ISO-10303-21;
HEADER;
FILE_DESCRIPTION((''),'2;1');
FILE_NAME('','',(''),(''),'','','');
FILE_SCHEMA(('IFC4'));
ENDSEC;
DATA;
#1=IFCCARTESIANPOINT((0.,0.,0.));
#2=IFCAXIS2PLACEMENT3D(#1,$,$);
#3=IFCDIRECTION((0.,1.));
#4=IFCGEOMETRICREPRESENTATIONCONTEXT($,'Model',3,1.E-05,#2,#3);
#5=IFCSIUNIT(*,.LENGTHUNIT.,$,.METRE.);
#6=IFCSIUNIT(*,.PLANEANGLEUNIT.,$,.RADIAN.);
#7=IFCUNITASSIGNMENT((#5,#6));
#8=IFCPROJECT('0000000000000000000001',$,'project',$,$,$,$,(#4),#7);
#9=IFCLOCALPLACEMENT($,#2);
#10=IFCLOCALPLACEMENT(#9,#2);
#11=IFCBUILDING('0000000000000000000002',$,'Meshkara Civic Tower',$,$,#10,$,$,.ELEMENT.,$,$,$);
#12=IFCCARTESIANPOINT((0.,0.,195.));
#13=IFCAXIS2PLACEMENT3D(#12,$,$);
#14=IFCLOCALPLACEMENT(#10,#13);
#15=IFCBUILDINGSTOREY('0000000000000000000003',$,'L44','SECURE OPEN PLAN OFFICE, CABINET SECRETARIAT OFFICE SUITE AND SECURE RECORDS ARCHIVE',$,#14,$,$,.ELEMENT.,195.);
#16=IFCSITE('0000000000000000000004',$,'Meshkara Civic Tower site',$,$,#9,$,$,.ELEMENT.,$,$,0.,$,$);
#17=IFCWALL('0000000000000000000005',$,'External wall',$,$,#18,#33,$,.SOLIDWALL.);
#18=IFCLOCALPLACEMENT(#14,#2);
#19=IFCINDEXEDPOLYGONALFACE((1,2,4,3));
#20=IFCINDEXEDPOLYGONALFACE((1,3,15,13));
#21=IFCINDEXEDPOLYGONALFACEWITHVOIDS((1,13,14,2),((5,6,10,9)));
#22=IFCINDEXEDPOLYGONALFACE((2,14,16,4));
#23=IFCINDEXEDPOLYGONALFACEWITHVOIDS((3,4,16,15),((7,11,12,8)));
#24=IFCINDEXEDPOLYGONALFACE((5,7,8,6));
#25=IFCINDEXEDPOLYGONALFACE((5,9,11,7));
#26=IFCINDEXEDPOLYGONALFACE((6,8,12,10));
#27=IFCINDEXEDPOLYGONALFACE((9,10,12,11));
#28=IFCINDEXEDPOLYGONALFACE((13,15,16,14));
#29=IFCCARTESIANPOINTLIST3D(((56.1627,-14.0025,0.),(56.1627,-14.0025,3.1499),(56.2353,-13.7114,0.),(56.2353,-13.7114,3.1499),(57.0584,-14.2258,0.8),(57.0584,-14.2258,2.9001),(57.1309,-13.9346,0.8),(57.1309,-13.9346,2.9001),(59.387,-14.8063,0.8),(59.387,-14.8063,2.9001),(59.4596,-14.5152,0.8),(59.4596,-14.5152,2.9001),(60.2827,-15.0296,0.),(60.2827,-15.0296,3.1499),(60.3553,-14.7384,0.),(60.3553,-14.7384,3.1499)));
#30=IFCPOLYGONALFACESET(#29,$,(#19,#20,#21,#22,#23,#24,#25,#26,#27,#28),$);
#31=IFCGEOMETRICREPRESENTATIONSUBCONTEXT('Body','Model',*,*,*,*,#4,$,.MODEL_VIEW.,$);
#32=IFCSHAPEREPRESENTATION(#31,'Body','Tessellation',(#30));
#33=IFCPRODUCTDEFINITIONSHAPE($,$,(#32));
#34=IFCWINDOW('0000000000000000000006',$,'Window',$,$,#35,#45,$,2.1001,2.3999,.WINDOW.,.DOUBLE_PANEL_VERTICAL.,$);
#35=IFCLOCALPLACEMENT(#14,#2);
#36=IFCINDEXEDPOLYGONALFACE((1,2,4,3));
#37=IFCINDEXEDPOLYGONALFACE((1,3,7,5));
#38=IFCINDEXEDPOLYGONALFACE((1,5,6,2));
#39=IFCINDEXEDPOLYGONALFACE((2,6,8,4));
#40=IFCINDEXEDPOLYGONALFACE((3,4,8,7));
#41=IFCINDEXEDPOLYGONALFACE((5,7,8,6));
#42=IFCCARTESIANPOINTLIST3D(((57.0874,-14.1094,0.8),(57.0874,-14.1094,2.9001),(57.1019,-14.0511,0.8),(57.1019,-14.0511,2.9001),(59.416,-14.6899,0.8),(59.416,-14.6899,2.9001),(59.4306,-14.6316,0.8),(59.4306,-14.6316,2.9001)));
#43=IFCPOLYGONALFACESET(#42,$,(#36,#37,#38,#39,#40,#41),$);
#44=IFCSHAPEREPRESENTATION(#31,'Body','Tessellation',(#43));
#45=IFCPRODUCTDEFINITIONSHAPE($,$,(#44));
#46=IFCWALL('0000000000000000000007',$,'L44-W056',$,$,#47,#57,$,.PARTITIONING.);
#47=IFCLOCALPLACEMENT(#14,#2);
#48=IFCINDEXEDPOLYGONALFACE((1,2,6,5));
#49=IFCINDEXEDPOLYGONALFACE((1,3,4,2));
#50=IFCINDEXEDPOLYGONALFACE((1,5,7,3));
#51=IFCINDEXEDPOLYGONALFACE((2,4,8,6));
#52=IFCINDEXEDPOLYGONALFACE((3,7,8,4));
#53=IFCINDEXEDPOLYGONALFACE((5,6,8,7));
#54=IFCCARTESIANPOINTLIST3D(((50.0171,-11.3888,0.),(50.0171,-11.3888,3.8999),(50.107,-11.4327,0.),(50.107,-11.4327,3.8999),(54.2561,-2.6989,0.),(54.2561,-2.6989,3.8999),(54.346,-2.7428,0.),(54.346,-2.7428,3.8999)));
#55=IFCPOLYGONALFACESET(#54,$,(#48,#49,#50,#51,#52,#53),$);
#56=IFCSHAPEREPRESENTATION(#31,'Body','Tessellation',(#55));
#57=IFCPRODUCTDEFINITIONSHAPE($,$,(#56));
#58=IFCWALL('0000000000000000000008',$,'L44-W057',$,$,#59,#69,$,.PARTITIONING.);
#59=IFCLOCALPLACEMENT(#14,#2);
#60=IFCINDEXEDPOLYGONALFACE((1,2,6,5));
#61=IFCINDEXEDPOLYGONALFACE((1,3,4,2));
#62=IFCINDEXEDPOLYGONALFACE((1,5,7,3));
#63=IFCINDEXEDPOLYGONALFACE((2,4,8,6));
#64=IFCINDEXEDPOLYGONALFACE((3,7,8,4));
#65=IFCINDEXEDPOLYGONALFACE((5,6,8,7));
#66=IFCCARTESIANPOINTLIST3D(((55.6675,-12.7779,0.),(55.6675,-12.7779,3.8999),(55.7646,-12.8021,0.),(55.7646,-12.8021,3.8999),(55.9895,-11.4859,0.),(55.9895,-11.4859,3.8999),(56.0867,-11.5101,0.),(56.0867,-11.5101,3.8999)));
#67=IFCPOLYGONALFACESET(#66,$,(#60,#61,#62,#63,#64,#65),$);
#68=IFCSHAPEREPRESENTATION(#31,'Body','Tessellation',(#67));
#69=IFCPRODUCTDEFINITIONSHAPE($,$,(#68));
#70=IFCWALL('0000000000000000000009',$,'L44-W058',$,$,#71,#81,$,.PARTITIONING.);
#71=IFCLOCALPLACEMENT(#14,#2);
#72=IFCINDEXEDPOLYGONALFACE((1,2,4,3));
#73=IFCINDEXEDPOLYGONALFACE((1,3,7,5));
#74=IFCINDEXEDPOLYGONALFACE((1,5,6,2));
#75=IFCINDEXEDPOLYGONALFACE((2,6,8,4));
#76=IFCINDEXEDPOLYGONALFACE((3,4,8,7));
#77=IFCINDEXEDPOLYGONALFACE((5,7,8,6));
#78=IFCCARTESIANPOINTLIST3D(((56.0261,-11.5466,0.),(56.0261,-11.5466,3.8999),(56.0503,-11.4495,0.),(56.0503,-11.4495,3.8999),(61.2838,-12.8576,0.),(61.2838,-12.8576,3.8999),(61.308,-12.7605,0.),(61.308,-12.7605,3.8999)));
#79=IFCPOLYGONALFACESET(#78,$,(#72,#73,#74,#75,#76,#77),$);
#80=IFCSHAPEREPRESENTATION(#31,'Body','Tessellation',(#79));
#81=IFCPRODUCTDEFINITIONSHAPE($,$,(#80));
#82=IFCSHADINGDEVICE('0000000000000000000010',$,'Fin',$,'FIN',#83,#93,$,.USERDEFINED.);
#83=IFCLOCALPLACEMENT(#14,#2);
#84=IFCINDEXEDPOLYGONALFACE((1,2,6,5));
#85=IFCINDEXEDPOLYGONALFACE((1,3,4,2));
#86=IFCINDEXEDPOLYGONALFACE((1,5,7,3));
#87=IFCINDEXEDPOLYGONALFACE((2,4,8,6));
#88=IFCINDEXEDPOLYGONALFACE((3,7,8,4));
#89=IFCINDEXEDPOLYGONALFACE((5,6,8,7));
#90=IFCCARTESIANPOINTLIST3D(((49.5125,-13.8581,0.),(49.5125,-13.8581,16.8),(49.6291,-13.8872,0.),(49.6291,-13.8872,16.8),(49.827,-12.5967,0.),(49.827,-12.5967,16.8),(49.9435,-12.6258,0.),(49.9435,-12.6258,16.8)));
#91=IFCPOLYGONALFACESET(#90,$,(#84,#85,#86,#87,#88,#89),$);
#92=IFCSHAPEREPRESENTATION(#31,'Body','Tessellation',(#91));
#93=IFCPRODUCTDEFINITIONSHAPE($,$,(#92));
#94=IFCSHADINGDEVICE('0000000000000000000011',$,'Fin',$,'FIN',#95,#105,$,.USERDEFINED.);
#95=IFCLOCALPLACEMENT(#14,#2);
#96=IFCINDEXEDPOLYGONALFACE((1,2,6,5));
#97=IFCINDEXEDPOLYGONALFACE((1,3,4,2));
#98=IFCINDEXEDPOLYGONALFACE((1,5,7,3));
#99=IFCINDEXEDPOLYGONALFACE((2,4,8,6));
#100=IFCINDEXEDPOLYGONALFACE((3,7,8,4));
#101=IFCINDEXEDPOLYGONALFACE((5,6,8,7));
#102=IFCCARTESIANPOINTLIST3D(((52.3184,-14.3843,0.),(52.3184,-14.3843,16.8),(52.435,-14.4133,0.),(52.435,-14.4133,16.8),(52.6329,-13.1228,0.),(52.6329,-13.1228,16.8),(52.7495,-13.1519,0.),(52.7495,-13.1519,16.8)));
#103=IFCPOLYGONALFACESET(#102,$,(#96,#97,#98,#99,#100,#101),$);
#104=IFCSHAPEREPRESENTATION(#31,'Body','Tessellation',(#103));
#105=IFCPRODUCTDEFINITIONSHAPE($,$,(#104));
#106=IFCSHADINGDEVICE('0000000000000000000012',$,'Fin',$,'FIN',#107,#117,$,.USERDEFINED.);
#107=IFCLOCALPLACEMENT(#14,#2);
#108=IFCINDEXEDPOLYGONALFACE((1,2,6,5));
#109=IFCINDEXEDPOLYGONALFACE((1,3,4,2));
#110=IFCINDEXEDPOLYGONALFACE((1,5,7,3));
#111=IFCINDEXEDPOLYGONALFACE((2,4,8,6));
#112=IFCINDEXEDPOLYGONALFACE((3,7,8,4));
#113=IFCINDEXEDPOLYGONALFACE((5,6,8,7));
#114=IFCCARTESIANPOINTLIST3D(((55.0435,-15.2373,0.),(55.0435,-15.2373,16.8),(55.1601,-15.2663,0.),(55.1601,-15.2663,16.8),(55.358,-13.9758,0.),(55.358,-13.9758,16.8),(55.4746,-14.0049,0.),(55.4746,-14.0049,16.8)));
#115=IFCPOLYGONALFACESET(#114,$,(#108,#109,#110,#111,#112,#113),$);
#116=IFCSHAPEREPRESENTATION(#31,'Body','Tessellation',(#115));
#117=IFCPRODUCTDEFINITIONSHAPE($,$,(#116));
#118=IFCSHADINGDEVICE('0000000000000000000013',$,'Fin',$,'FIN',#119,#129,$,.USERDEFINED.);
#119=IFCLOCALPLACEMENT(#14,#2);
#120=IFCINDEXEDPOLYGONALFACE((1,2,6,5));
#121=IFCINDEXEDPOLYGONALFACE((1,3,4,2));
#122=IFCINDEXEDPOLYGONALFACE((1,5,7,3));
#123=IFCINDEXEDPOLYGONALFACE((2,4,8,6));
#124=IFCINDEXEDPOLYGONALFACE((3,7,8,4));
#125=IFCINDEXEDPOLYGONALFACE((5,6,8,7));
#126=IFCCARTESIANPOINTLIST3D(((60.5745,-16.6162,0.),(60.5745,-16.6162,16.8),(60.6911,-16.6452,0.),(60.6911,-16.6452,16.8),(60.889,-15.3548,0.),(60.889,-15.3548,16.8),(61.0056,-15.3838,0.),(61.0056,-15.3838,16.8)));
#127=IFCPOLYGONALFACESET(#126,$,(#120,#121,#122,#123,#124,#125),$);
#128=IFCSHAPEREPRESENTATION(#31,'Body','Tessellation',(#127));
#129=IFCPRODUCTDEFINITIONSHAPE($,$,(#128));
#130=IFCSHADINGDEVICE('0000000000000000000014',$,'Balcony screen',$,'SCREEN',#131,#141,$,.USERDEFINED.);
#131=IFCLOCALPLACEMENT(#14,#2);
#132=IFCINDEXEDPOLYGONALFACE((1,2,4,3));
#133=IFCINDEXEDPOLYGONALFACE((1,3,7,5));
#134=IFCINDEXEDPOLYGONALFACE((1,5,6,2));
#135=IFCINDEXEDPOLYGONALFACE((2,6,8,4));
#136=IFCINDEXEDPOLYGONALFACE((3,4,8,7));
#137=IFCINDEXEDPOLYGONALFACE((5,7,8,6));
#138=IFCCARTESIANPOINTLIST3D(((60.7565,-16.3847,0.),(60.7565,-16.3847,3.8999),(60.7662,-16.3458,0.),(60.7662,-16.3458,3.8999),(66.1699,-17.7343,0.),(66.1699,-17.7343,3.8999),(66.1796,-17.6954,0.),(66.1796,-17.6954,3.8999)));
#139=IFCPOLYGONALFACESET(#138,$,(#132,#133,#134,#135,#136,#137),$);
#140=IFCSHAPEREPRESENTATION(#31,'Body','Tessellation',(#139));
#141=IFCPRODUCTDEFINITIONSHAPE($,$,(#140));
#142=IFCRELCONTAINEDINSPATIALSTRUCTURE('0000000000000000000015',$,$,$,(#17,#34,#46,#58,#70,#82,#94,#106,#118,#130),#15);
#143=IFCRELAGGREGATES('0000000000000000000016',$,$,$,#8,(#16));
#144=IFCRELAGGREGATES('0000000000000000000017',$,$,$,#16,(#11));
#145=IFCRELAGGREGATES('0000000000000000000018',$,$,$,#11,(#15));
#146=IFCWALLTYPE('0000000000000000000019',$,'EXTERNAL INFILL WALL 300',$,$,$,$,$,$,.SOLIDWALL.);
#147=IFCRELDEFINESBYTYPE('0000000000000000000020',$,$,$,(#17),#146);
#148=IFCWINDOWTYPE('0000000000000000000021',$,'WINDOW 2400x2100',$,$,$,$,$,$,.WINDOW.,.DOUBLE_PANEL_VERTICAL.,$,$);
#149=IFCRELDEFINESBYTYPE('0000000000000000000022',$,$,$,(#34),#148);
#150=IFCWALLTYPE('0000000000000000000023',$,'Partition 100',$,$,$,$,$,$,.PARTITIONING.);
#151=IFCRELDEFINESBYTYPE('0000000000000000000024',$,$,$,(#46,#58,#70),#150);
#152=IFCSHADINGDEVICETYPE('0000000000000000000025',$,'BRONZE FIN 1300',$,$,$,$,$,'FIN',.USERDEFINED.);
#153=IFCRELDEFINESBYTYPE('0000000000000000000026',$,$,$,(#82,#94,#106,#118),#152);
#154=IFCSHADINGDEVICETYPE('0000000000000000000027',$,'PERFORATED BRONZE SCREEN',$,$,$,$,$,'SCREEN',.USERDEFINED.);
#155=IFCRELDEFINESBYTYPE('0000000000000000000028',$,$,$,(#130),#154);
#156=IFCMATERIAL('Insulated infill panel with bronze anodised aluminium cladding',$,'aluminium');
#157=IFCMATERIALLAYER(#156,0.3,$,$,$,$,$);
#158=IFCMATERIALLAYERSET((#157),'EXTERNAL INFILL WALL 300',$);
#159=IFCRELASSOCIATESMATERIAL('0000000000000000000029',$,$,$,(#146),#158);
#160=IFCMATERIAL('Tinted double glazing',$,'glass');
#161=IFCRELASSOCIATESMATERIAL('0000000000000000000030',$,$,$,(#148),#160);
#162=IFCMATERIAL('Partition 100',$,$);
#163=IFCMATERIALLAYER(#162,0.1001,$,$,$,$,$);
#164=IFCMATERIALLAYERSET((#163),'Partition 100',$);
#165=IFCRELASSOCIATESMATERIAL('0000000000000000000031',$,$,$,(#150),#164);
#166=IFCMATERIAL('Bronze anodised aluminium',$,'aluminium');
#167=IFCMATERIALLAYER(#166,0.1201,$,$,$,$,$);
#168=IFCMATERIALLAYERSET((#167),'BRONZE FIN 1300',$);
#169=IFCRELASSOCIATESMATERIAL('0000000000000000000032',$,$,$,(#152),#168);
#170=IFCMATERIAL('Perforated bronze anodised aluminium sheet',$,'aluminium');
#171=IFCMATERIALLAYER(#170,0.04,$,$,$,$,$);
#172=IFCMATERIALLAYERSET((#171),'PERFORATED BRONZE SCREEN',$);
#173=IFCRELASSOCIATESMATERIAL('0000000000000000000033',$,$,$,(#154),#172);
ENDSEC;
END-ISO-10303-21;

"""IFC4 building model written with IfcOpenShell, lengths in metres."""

from ifc_helpers import new_model, si_unit, direction, frame, frame_2d, origin, origin_2d, place, context, subcontext, project, spatial, rectangle, extrude, material, layer, layer_set, type_object, element, fill, save


model = new_model("IFC4")

# Units and contexts
model_context = context("Model", 3, precision=1e-05, world=origin(), true_north=direction((0.0, 1.0)))
body_context = subcontext(model_context, "Body", "Model", "MODEL_VIEW")
ifc_project = project(units=[si_unit("LENGTHUNIT", "METRE"), si_unit("PLANEANGLEUNIT", "RADIAN")], contexts=[model_context])

# Site, building, storey
site_placement = place(None, origin())
site = spatial("IfcSite", under=ifc_project, at=site_placement, Name="Meshkara Civic Tower site", CompositionType="ELEMENT", RefElevation=0.0)
building_placement = place(site_placement, origin())
building = spatial("IfcBuilding", under=site, at=building_placement, Name="Meshkara Civic Tower", CompositionType="ELEMENT")
storey_placement = place(building_placement, frame((0.0, 0.0, 195.0)))
storey = spatial("IfcBuildingStorey", under=building, at=storey_placement, Name="L44", Description="SECURE OPEN PLAN OFFICE, CABINET SECRETARIAT OFFICE SUITE AND SECURE RECORDS ARCHIVE", CompositionType="ELEMENT", Elevation=195.0)

# Wall, opening, window
ifc_material_1 = material(Name="Insulated infill panel with bronze anodised aluminium cladding", Category="aluminium")
ifc_layer_1 = layer(ifc_material_1, 0.3)
ifc_layer_set_1 = layer_set([ifc_layer_1], Name="EXTERNAL INFILL WALL 300")
wall_type_1 = type_object("IfcWallType", Name="EXTERNAL INFILL WALL 300", PredefinedType="SOLIDWALL", material=ifc_layer_set_1)
ifc_material_2 = material(Name="Tinted double glazing", Category="glass")
window_type = type_object("IfcWindowType", Name="WINDOW 2400x2100", PartitioningType="DOUBLE_PANEL_VERTICAL", PredefinedType="WINDOW", material=ifc_material_2)
wall_1_placement = place(storey_placement, frame((56.199, -13.8569, 0.0), z_axis=(0.0, 0.0, 1.0), x_axis=(0.970305, -0.241886, 0.0)))
wall_1 = element("IfcWall", 1, at=wall_1_placement, inside=storey, type_object=wall_type_1, Name="External wall", PredefinedType="SOLIDWALL", context=body_context, shape_type="SweptSolid", body=[
    extrude(rectangle(XDim=4.2461, YDim=0.3, at=frame_2d((2.123, 0.0))), origin(), (0.0, 0.0, 1.0), 3.1499),
])
opening_1_placement = place(wall_1_placement, frame((0.9231, 0.0, 0.8)))
opening_1 = element("IfcOpeningElement", 2, at=opening_1_placement, cuts=wall_1, PredefinedType="OPENING", context=body_context, shape_type="SweptSolid", body=[
    extrude(rectangle(XDim=2.3999, YDim=2.1001, at=frame_2d((1.2, 1.05))), frame((0.0, 0.1599, 0.0), z_axis=(0.0, -1.0, 0.0), x_axis=(1.0, 0.0, 0.0)), (0.0, 0.0, 1.0), 0.3201),
])
window_1_placement = place(opening_1_placement, origin())
window_1 = element("IfcWindow", 3, at=window_1_placement, inside=storey, type_object=window_type, Name="Window", OverallHeight=2.1001, OverallWidth=2.3999, PartitioningType="DOUBLE_PANEL_VERTICAL", PredefinedType="WINDOW", context=body_context, shape_type="SweptSolid", body=[
    extrude(rectangle(XDim=2.3999, YDim=2.1001, at=frame_2d((1.2, 1.05))), frame((0.0, 0.03, 0.0), z_axis=(0.0, -1.0, 0.0), x_axis=(1.0, 0.0, 0.0)), (0.0, 0.0, 1.0), 0.0601),
])
fill(opening_1, window_1)

# Walls
ifc_material_3 = material(Name="Partition 100")
ifc_layer_2 = layer(ifc_material_3, 0.1001)
ifc_layer_set_2 = layer_set([ifc_layer_2], Name="Partition 100")
wall_type_2 = type_object("IfcWallType", Name="Partition 100", PredefinedType="PARTITIONING", material=ifc_layer_set_2)
wall_2_placement = place(storey_placement, frame((50.062, -11.4109, 0.0), z_axis=(0.0, 0.0, 1.0), x_axis=(0.438425, 0.898768, 0.0)))
element("IfcWall", 4, at=wall_2_placement, inside=storey, type_object=wall_type_2, Name="L44-W056", PredefinedType="PARTITIONING", context=body_context, shape_type="SweptSolid", body=[
    extrude(rectangle(XDim=9.6687, YDim=0.1001, at=frame_2d((4.8345, 0.0))), origin(), (0.0, 0.0, 1.0), 3.8999),
])
wall_3_placement = place(storey_placement, frame((55.7161, -12.79, 0.0), z_axis=(0.0, 0.0, 1.0), x_axis=(0.241845, 0.970315, 0.0)))
element("IfcWall", 5, at=wall_3_placement, inside=storey, type_object=wall_type_2, Name="L44-W057", PredefinedType="PARTITIONING", context=body_context, shape_type="SweptSolid", body=[
    extrude(rectangle(XDim=1.3315, YDim=0.1001, at=frame_2d((0.6658, 0.0))), origin(), (0.0, 0.0, 1.0), 3.8999),
])
wall_4_placement = place(storey_placement, frame((56.0381, -11.498, 0.0), z_axis=(0.0, 0.0, 1.0), x_axis=(0.970291, -0.241942, 0.0)))
element("IfcWall", 6, at=wall_4_placement, inside=storey, type_object=wall_type_2, Name="L44-W058", PredefinedType="PARTITIONING", context=body_context, shape_type="SweptSolid", body=[
    extrude(rectangle(XDim=5.4187, YDim=0.1001, at=frame_2d((2.7095, 0.0))), origin(), (0.0, 0.0, 1.0), 3.8999),
])

# Shading devices
ifc_material_4 = material(Name="Bronze anodised aluminium", Category="aluminium")
ifc_layer_3 = layer(ifc_material_4, 0.1201)
ifc_layer_set_3 = layer_set([ifc_layer_3], Name="BRONZE FIN 1300")
shading_device_type_1 = type_object("IfcShadingDeviceType", Name="BRONZE FIN 1300", ElementType="FIN", PredefinedType="USERDEFINED", material=ifc_layer_set_3)
for number, where, z_axis, x_axis, name in (
    (7, (49.728, -13.2419, 0.0), (0.0, 0.0, 1.0), (0.9703, -0.241905, 0.0), "Fin"),
    (8, (52.5339, -13.7681, 0.0), (0.0, 0.0, 1.0), (0.9703, -0.241905, 0.0), "Fin"),
    (9, (55.259, -14.6211, 0.0), (0.0, 0.0, 1.0), (0.9703, -0.241905, 0.0), "Fin"),
    (10, (60.79, -16.0, 0.0), (0.0, 0.0, 1.0), (0.9703, -0.241905, 0.0), "Fin"),
):
    element("IfcShadingDevice", number, at=place(storey_placement, frame(where, z_axis=z_axis, x_axis=x_axis)), inside=storey, type_object=shading_device_type_1, Name=name, ObjectType="FIN", PredefinedType="USERDEFINED", context=body_context, shape_type="SweptSolid", body=[
        extrude(rectangle(XDim=0.1201, YDim=1.3, at=origin_2d()), origin(), (0.0, 0.0, 1.0), 16.8),
    ])
ifc_material_5 = material(Name="Perforated bronze anodised aluminium sheet", Category="aluminium")
ifc_layer_4 = layer(ifc_material_5, 0.04)
ifc_layer_set_4 = layer_set([ifc_layer_4], Name="PERFORATED BRONZE SCREEN")
shading_device_type_2 = type_object("IfcShadingDeviceType", Name="PERFORATED BRONZE SCREEN", ElementType="SCREEN", PredefinedType="USERDEFINED", material=ifc_layer_set_4)
shading_device_placement = place(storey_placement, frame((63.468, -17.04, 0.0), z_axis=(0.0, 0.0, 1.0), x_axis=(0.9703, -0.241905, 0.0)))
element("IfcShadingDevice", 11, at=shading_device_placement, inside=storey, type_object=shading_device_type_2, Name="Balcony screen", ObjectType="SCREEN", PredefinedType="USERDEFINED", context=body_context, shape_type="SweptSolid", body=[
    extrude(rectangle(XDim=5.5791, YDim=0.04, at=origin_2d()), origin(), (0.0, 0.0, 1.0), 3.8999),
])

save(model, "model.ifc")
